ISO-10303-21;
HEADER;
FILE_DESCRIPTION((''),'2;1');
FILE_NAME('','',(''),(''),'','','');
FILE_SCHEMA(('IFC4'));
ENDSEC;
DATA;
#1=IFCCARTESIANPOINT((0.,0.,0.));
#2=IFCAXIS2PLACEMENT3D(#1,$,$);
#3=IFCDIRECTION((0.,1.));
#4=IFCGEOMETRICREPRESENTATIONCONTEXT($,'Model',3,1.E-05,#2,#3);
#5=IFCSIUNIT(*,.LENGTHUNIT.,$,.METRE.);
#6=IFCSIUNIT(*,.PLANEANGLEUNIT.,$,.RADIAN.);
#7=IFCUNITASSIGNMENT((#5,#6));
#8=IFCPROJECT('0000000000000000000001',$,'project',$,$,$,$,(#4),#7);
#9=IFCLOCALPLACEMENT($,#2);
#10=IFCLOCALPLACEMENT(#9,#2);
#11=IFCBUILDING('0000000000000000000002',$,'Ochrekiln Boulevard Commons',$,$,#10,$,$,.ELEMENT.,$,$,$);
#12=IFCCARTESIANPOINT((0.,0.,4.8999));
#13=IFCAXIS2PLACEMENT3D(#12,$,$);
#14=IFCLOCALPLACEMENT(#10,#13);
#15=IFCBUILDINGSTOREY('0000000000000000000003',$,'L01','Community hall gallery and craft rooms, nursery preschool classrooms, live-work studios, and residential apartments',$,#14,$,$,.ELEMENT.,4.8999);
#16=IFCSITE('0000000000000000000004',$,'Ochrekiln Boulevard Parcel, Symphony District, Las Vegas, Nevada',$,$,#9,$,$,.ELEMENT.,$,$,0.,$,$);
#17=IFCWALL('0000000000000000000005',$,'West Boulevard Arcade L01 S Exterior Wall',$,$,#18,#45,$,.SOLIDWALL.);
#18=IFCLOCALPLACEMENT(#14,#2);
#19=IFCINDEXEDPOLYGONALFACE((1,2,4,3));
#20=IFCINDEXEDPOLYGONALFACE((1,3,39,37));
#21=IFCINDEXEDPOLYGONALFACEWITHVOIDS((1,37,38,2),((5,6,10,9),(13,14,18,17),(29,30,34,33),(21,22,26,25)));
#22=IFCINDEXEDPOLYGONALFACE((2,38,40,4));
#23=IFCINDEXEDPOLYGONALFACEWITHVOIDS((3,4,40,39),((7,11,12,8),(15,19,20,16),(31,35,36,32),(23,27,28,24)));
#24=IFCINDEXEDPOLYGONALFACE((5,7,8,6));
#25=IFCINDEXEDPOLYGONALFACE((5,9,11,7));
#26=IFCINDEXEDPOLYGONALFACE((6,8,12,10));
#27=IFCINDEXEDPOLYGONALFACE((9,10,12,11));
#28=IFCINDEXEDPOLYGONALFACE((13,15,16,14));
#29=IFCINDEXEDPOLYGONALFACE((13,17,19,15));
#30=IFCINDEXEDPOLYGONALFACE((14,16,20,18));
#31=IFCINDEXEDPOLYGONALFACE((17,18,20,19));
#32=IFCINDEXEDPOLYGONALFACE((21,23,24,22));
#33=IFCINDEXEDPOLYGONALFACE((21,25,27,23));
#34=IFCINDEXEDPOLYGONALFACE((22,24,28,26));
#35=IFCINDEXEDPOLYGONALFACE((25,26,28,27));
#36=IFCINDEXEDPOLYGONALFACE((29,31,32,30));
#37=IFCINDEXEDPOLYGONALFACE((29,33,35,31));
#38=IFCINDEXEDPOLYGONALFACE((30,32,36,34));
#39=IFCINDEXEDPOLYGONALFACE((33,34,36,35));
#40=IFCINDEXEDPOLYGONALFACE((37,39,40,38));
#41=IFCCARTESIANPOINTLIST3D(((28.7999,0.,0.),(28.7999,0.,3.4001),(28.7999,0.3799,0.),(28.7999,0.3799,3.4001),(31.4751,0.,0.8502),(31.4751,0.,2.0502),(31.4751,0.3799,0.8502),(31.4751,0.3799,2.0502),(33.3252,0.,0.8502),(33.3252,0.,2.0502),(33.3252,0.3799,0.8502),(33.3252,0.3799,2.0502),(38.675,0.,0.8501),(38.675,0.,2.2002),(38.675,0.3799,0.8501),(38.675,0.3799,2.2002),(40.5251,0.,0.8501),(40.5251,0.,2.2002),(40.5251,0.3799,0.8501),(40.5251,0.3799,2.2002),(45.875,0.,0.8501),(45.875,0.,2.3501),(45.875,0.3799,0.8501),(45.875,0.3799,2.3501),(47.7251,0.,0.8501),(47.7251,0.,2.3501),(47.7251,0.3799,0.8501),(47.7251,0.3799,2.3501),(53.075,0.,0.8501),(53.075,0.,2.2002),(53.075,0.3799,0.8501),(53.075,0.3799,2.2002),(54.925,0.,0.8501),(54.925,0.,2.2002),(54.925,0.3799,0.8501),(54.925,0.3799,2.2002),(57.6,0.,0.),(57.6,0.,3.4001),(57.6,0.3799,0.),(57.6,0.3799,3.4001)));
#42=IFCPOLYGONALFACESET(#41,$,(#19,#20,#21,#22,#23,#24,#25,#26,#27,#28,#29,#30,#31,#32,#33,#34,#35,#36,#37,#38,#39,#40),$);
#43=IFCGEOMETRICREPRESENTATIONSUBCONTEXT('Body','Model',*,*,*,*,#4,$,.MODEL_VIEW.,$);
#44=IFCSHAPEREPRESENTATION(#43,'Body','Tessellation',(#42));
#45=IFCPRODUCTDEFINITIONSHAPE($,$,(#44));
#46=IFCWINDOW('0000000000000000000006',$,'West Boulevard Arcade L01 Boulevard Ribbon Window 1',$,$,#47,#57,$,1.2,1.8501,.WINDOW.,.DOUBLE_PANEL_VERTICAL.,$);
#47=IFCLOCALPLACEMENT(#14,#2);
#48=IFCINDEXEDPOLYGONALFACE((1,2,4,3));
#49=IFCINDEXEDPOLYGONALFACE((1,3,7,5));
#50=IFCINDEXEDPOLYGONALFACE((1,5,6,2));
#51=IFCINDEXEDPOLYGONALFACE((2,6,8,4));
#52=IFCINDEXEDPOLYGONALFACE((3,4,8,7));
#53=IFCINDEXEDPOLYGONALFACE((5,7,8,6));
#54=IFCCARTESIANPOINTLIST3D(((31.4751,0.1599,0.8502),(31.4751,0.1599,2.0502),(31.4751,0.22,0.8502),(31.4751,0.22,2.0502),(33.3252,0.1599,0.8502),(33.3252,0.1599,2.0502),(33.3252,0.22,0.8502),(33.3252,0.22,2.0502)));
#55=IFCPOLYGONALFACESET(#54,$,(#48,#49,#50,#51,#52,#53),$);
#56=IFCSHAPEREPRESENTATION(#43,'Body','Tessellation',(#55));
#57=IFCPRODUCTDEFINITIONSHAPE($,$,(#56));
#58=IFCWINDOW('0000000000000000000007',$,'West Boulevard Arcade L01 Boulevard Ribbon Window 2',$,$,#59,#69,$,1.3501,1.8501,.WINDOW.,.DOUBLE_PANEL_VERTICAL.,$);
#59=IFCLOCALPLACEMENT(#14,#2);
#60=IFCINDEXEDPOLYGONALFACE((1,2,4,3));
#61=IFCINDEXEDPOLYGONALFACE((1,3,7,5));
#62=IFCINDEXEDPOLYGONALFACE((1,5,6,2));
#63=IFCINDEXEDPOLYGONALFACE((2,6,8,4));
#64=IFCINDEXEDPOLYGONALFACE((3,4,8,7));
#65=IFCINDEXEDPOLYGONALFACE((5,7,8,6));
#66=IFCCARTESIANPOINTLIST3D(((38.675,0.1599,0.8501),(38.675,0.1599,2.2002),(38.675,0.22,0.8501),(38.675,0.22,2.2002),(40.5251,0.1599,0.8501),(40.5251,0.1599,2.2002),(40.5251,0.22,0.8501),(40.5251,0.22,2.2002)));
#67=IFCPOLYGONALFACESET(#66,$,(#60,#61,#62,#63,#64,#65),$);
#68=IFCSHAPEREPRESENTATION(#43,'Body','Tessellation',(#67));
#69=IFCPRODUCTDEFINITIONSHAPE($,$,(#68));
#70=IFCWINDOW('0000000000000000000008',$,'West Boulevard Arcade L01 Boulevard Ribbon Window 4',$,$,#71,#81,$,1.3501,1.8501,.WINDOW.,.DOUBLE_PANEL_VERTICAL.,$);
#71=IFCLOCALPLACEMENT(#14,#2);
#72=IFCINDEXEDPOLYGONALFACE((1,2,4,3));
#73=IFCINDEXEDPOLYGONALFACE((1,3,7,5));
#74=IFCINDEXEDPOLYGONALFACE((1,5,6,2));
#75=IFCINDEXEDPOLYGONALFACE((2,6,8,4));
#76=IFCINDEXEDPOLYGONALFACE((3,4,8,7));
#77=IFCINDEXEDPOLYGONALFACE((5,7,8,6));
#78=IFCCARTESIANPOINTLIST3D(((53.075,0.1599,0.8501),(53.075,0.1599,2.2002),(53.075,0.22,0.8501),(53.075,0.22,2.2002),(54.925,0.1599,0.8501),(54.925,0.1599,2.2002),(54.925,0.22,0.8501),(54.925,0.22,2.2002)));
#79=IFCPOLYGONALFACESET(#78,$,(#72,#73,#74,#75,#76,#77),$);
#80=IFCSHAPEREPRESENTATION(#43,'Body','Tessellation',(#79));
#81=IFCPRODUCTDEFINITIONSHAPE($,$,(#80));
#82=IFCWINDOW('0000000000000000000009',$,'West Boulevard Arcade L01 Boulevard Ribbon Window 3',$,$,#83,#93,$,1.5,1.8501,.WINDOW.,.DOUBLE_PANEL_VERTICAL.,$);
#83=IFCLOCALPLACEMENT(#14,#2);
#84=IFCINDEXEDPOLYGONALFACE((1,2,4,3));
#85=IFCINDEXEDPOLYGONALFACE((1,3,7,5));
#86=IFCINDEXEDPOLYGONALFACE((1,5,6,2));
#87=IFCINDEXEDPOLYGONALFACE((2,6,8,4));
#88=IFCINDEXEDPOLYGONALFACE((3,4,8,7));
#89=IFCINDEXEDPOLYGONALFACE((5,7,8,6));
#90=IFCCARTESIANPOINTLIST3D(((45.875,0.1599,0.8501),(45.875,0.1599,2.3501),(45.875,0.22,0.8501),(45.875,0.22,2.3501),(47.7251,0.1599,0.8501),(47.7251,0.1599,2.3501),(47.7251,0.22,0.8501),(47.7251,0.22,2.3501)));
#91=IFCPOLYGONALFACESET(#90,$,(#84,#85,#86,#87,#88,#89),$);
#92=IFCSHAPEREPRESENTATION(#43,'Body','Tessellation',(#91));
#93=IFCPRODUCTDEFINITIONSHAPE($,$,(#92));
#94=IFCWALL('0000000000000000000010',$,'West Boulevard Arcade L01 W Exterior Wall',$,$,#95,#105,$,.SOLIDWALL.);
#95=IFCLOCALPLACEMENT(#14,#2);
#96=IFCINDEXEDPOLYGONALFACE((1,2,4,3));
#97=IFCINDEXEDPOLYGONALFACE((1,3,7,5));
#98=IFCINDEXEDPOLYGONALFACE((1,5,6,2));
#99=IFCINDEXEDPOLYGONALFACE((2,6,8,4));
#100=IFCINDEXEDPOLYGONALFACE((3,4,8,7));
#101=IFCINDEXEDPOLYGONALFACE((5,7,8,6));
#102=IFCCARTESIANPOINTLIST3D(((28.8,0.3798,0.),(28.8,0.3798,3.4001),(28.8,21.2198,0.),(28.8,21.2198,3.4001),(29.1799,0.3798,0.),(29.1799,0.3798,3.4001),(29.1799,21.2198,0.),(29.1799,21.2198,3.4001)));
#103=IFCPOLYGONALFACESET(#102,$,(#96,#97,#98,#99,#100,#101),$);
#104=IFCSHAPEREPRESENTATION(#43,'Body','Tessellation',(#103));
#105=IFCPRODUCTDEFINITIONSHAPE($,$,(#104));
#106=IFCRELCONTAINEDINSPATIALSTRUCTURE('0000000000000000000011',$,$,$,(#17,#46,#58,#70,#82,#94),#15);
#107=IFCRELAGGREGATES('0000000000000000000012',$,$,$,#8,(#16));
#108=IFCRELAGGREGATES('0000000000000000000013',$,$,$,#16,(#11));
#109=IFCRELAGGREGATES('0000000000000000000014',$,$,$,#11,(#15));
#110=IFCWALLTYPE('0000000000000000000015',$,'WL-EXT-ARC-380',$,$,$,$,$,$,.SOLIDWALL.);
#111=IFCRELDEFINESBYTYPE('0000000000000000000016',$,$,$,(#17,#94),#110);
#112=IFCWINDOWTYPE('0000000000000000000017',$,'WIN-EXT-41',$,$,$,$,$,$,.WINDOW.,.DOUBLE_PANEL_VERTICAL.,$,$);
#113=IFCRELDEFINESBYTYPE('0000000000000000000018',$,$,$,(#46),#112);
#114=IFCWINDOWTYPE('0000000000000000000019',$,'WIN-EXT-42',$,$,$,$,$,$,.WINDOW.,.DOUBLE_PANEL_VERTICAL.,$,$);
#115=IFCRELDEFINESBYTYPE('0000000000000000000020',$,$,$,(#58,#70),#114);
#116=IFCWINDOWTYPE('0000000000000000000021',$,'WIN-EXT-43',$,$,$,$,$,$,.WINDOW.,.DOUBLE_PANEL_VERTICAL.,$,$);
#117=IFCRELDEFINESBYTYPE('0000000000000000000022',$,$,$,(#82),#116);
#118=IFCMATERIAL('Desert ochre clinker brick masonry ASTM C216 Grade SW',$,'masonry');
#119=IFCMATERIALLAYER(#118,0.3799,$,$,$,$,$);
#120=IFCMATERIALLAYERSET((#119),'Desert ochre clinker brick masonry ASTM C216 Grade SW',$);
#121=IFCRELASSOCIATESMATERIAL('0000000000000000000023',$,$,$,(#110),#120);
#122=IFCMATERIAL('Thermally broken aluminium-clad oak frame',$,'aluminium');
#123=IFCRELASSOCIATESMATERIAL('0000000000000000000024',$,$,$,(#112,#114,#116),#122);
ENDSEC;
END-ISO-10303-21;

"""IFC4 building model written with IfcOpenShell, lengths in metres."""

from ifc_helpers import new_model, si_unit, direction, frame, frame_2d, origin, place, context, subcontext, project, spatial, rectangle, extrude, material, layer, layer_set, type_object, element, fill, save


model = new_model("IFC4")

# Units and contexts
model_context = context("Model", 3, precision=1e-05, world=origin(), true_north=direction((0.0, 1.0)))
body_context = subcontext(model_context, "Body", "Model", "MODEL_VIEW")
ifc_project = project(units=[si_unit("LENGTHUNIT", "METRE"), si_unit("PLANEANGLEUNIT", "RADIAN")], contexts=[model_context])

# Site, building, storey
site_placement = place(None, origin())
site = spatial("IfcSite", under=ifc_project, at=site_placement, Name="Ochrekiln Boulevard Parcel, Symphony District, Las Vegas, Nevada", CompositionType="ELEMENT", RefElevation=0.0)
building_placement = place(site_placement, origin())
building = spatial("IfcBuilding", under=site, at=building_placement, Name="Ochrekiln Boulevard Commons", CompositionType="ELEMENT")
storey_placement = place(building_placement, frame((0.0, 0.0, 4.8999)))
storey = spatial("IfcBuildingStorey", under=building, at=storey_placement, Name="L01", Description="Community hall gallery and craft rooms, nursery preschool classrooms, live-work studios, and residential apartments", CompositionType="ELEMENT", Elevation=4.8999)

# Wall, openings, windows
ifc_material_1 = material(Name="Desert ochre clinker brick masonry ASTM C216 Grade SW", Category="masonry")
ifc_layer_1 = layer(ifc_material_1, 0.3799)
ifc_layer_set_1 = layer_set([ifc_layer_1], Name="Desert ochre clinker brick masonry ASTM C216 Grade SW")
wall_type_1 = type_object("IfcWallType", Name="WL-EXT-ARC-380", PredefinedType="SOLIDWALL", material=ifc_layer_set_1)
wall_1_placement = place(storey_placement, frame((28.8, 0.1899, 0.0), z_axis=(0.0, 0.0, 1.0), x_axis=(1.0, 0.0, 0.0)))
wall_1 = element("IfcWall", 1, at=wall_1_placement, inside=storey, type_object=wall_type_1, Name="West Boulevard Arcade L01 S Exterior Wall", PredefinedType="SOLIDWALL", context=body_context, shape_type="SweptSolid", body=[
    extrude(rectangle(XDim=28.8, YDim=0.3799, at=frame_2d((14.3999, 0.0))), origin(), (0.0, 0.0, 1.0), 3.4001),
])
opening_1_placement = place(wall_1_placement, frame((2.675, 0.0, 0.8501)))
opening_1 = element("IfcOpeningElement", 2, at=opening_1_placement, cuts=wall_1, PredefinedType="OPENING", context=body_context, shape_type="SweptSolid", body=[
    extrude(rectangle(XDim=1.8501, YDim=1.2, at=frame_2d((0.925, 0.6001))), frame((0.0, 0.2, 0.0), z_axis=(0.0, -1.0, 0.0), x_axis=(1.0, 0.0, 0.0)), (0.0, 0.0, 1.0), 0.3999),
])
opening_2_placement = place(wall_1_placement, frame((9.875, 0.0, 0.8501)))
opening_2 = element("IfcOpeningElement", 3, at=opening_2_placement, cuts=wall_1, PredefinedType="OPENING", context=body_context, shape_type="SweptSolid", body=[
    extrude(rectangle(XDim=1.8501, YDim=1.3501, at=frame_2d((0.925, 0.675))), frame((0.0, 0.2, 0.0), z_axis=(0.0, -1.0, 0.0), x_axis=(1.0, 0.0, 0.0)), (0.0, 0.0, 1.0), 0.3999),
])
opening_3_placement = place(wall_1_placement, frame((17.075, 0.0, 0.8501)))
opening_3 = element("IfcOpeningElement", 4, at=opening_3_placement, cuts=wall_1, PredefinedType="OPENING", context=body_context, shape_type="SweptSolid", body=[
    extrude(rectangle(XDim=1.8501, YDim=1.5, at=frame_2d((0.925, 0.75))), frame((0.0, 0.2, 0.0), z_axis=(0.0, -1.0, 0.0), x_axis=(1.0, 0.0, 0.0)), (0.0, 0.0, 1.0), 0.3999),
])
opening_4_placement = place(wall_1_placement, frame((24.2749, 0.0, 0.8501)))
opening_4 = element("IfcOpeningElement", 5, at=opening_4_placement, cuts=wall_1, PredefinedType="OPENING", context=body_context, shape_type="SweptSolid", body=[
    extrude(rectangle(XDim=1.8501, YDim=1.3501, at=frame_2d((0.925, 0.675))), frame((0.0, 0.2, 0.0), z_axis=(0.0, -1.0, 0.0), x_axis=(1.0, 0.0, 0.0)), (0.0, 0.0, 1.0), 0.3999),
])
ifc_material_2 = material(Name="Thermally broken aluminium-clad oak frame", Category="aluminium")
window_type_1 = type_object("IfcWindowType", Name="WIN-EXT-41", PartitioningType="DOUBLE_PANEL_VERTICAL", PredefinedType="WINDOW", material=ifc_material_2)
window_1_placement = place(opening_1_placement, origin())
window_1 = element("IfcWindow", 6, at=window_1_placement, inside=storey, type_object=window_type_1, Name="West Boulevard Arcade L01 Boulevard Ribbon Window 1", OverallHeight=1.2, OverallWidth=1.8501, PartitioningType="DOUBLE_PANEL_VERTICAL", PredefinedType="WINDOW", context=body_context, shape_type="SweptSolid", body=[
    extrude(rectangle(XDim=1.8501, YDim=1.2, at=frame_2d((0.925, 0.6001))), frame((0.0, 0.03, 0.0), z_axis=(0.0, -1.0, 0.0), x_axis=(1.0, 0.0, 0.0)), (0.0, 0.0, 1.0), 0.0601),
])
fill(opening_1, window_1)
window_type_2 = type_object("IfcWindowType", Name="WIN-EXT-42", PartitioningType="DOUBLE_PANEL_VERTICAL", PredefinedType="WINDOW", material=ifc_material_2)
window_2_placement = place(opening_2_placement, origin())
window_2 = element("IfcWindow", 7, at=window_2_placement, inside=storey, type_object=window_type_2, Name="West Boulevard Arcade L01 Boulevard Ribbon Window 2", OverallHeight=1.3501, OverallWidth=1.8501, PartitioningType="DOUBLE_PANEL_VERTICAL", PredefinedType="WINDOW", context=body_context, shape_type="SweptSolid", body=[
    extrude(rectangle(XDim=1.8501, YDim=1.3501, at=frame_2d((0.925, 0.675))), frame((0.0, 0.03, 0.0), z_axis=(0.0, -1.0, 0.0), x_axis=(1.0, 0.0, 0.0)), (0.0, 0.0, 1.0), 0.0601),
])
fill(opening_2, window_2)
window_3_placement = place(opening_4_placement, origin())
window_3 = element("IfcWindow", 8, at=window_3_placement, inside=storey, type_object=window_type_2, Name="West Boulevard Arcade L01 Boulevard Ribbon Window 4", OverallHeight=1.3501, OverallWidth=1.8501, PartitioningType="DOUBLE_PANEL_VERTICAL", PredefinedType="WINDOW", context=body_context, shape_type="SweptSolid", body=[
    extrude(rectangle(XDim=1.8501, YDim=1.3501, at=frame_2d((0.925, 0.675))), frame((0.0, 0.03, 0.0), z_axis=(0.0, -1.0, 0.0), x_axis=(1.0, 0.0, 0.0)), (0.0, 0.0, 1.0), 0.0601),
])
fill(opening_4, window_3)
window_type_3 = type_object("IfcWindowType", Name="WIN-EXT-43", PartitioningType="DOUBLE_PANEL_VERTICAL", PredefinedType="WINDOW", material=ifc_material_2)
window_4_placement = place(opening_3_placement, origin())
window_4 = element("IfcWindow", 9, at=window_4_placement, inside=storey, type_object=window_type_3, Name="West Boulevard Arcade L01 Boulevard Ribbon Window 3", OverallHeight=1.5, OverallWidth=1.8501, PartitioningType="DOUBLE_PANEL_VERTICAL", PredefinedType="WINDOW", context=body_context, shape_type="SweptSolid", body=[
    extrude(rectangle(XDim=1.8501, YDim=1.5, at=frame_2d((0.925, 0.75))), frame((0.0, 0.03, 0.0), z_axis=(0.0, -1.0, 0.0), x_axis=(1.0, 0.0, 0.0)), (0.0, 0.0, 1.0), 0.0601),
])
fill(opening_3, window_4)

# Wall
wall_2_placement = place(storey_placement, frame((28.99, 0.3799, 0.0), z_axis=(0.0, 0.0, 1.0), x_axis=(0.0, 1.0, 0.0)))
element("IfcWall", 10, at=wall_2_placement, inside=storey, type_object=wall_type_1, Name="West Boulevard Arcade L01 W Exterior Wall", PredefinedType="SOLIDWALL", context=body_context, shape_type="SweptSolid", body=[
    extrude(rectangle(XDim=20.8401, YDim=0.3799, at=frame_2d((10.4199, 0.0))), origin(), (0.0, 0.0, 1.0), 3.4001),
])

save(model, "model.ifc")
